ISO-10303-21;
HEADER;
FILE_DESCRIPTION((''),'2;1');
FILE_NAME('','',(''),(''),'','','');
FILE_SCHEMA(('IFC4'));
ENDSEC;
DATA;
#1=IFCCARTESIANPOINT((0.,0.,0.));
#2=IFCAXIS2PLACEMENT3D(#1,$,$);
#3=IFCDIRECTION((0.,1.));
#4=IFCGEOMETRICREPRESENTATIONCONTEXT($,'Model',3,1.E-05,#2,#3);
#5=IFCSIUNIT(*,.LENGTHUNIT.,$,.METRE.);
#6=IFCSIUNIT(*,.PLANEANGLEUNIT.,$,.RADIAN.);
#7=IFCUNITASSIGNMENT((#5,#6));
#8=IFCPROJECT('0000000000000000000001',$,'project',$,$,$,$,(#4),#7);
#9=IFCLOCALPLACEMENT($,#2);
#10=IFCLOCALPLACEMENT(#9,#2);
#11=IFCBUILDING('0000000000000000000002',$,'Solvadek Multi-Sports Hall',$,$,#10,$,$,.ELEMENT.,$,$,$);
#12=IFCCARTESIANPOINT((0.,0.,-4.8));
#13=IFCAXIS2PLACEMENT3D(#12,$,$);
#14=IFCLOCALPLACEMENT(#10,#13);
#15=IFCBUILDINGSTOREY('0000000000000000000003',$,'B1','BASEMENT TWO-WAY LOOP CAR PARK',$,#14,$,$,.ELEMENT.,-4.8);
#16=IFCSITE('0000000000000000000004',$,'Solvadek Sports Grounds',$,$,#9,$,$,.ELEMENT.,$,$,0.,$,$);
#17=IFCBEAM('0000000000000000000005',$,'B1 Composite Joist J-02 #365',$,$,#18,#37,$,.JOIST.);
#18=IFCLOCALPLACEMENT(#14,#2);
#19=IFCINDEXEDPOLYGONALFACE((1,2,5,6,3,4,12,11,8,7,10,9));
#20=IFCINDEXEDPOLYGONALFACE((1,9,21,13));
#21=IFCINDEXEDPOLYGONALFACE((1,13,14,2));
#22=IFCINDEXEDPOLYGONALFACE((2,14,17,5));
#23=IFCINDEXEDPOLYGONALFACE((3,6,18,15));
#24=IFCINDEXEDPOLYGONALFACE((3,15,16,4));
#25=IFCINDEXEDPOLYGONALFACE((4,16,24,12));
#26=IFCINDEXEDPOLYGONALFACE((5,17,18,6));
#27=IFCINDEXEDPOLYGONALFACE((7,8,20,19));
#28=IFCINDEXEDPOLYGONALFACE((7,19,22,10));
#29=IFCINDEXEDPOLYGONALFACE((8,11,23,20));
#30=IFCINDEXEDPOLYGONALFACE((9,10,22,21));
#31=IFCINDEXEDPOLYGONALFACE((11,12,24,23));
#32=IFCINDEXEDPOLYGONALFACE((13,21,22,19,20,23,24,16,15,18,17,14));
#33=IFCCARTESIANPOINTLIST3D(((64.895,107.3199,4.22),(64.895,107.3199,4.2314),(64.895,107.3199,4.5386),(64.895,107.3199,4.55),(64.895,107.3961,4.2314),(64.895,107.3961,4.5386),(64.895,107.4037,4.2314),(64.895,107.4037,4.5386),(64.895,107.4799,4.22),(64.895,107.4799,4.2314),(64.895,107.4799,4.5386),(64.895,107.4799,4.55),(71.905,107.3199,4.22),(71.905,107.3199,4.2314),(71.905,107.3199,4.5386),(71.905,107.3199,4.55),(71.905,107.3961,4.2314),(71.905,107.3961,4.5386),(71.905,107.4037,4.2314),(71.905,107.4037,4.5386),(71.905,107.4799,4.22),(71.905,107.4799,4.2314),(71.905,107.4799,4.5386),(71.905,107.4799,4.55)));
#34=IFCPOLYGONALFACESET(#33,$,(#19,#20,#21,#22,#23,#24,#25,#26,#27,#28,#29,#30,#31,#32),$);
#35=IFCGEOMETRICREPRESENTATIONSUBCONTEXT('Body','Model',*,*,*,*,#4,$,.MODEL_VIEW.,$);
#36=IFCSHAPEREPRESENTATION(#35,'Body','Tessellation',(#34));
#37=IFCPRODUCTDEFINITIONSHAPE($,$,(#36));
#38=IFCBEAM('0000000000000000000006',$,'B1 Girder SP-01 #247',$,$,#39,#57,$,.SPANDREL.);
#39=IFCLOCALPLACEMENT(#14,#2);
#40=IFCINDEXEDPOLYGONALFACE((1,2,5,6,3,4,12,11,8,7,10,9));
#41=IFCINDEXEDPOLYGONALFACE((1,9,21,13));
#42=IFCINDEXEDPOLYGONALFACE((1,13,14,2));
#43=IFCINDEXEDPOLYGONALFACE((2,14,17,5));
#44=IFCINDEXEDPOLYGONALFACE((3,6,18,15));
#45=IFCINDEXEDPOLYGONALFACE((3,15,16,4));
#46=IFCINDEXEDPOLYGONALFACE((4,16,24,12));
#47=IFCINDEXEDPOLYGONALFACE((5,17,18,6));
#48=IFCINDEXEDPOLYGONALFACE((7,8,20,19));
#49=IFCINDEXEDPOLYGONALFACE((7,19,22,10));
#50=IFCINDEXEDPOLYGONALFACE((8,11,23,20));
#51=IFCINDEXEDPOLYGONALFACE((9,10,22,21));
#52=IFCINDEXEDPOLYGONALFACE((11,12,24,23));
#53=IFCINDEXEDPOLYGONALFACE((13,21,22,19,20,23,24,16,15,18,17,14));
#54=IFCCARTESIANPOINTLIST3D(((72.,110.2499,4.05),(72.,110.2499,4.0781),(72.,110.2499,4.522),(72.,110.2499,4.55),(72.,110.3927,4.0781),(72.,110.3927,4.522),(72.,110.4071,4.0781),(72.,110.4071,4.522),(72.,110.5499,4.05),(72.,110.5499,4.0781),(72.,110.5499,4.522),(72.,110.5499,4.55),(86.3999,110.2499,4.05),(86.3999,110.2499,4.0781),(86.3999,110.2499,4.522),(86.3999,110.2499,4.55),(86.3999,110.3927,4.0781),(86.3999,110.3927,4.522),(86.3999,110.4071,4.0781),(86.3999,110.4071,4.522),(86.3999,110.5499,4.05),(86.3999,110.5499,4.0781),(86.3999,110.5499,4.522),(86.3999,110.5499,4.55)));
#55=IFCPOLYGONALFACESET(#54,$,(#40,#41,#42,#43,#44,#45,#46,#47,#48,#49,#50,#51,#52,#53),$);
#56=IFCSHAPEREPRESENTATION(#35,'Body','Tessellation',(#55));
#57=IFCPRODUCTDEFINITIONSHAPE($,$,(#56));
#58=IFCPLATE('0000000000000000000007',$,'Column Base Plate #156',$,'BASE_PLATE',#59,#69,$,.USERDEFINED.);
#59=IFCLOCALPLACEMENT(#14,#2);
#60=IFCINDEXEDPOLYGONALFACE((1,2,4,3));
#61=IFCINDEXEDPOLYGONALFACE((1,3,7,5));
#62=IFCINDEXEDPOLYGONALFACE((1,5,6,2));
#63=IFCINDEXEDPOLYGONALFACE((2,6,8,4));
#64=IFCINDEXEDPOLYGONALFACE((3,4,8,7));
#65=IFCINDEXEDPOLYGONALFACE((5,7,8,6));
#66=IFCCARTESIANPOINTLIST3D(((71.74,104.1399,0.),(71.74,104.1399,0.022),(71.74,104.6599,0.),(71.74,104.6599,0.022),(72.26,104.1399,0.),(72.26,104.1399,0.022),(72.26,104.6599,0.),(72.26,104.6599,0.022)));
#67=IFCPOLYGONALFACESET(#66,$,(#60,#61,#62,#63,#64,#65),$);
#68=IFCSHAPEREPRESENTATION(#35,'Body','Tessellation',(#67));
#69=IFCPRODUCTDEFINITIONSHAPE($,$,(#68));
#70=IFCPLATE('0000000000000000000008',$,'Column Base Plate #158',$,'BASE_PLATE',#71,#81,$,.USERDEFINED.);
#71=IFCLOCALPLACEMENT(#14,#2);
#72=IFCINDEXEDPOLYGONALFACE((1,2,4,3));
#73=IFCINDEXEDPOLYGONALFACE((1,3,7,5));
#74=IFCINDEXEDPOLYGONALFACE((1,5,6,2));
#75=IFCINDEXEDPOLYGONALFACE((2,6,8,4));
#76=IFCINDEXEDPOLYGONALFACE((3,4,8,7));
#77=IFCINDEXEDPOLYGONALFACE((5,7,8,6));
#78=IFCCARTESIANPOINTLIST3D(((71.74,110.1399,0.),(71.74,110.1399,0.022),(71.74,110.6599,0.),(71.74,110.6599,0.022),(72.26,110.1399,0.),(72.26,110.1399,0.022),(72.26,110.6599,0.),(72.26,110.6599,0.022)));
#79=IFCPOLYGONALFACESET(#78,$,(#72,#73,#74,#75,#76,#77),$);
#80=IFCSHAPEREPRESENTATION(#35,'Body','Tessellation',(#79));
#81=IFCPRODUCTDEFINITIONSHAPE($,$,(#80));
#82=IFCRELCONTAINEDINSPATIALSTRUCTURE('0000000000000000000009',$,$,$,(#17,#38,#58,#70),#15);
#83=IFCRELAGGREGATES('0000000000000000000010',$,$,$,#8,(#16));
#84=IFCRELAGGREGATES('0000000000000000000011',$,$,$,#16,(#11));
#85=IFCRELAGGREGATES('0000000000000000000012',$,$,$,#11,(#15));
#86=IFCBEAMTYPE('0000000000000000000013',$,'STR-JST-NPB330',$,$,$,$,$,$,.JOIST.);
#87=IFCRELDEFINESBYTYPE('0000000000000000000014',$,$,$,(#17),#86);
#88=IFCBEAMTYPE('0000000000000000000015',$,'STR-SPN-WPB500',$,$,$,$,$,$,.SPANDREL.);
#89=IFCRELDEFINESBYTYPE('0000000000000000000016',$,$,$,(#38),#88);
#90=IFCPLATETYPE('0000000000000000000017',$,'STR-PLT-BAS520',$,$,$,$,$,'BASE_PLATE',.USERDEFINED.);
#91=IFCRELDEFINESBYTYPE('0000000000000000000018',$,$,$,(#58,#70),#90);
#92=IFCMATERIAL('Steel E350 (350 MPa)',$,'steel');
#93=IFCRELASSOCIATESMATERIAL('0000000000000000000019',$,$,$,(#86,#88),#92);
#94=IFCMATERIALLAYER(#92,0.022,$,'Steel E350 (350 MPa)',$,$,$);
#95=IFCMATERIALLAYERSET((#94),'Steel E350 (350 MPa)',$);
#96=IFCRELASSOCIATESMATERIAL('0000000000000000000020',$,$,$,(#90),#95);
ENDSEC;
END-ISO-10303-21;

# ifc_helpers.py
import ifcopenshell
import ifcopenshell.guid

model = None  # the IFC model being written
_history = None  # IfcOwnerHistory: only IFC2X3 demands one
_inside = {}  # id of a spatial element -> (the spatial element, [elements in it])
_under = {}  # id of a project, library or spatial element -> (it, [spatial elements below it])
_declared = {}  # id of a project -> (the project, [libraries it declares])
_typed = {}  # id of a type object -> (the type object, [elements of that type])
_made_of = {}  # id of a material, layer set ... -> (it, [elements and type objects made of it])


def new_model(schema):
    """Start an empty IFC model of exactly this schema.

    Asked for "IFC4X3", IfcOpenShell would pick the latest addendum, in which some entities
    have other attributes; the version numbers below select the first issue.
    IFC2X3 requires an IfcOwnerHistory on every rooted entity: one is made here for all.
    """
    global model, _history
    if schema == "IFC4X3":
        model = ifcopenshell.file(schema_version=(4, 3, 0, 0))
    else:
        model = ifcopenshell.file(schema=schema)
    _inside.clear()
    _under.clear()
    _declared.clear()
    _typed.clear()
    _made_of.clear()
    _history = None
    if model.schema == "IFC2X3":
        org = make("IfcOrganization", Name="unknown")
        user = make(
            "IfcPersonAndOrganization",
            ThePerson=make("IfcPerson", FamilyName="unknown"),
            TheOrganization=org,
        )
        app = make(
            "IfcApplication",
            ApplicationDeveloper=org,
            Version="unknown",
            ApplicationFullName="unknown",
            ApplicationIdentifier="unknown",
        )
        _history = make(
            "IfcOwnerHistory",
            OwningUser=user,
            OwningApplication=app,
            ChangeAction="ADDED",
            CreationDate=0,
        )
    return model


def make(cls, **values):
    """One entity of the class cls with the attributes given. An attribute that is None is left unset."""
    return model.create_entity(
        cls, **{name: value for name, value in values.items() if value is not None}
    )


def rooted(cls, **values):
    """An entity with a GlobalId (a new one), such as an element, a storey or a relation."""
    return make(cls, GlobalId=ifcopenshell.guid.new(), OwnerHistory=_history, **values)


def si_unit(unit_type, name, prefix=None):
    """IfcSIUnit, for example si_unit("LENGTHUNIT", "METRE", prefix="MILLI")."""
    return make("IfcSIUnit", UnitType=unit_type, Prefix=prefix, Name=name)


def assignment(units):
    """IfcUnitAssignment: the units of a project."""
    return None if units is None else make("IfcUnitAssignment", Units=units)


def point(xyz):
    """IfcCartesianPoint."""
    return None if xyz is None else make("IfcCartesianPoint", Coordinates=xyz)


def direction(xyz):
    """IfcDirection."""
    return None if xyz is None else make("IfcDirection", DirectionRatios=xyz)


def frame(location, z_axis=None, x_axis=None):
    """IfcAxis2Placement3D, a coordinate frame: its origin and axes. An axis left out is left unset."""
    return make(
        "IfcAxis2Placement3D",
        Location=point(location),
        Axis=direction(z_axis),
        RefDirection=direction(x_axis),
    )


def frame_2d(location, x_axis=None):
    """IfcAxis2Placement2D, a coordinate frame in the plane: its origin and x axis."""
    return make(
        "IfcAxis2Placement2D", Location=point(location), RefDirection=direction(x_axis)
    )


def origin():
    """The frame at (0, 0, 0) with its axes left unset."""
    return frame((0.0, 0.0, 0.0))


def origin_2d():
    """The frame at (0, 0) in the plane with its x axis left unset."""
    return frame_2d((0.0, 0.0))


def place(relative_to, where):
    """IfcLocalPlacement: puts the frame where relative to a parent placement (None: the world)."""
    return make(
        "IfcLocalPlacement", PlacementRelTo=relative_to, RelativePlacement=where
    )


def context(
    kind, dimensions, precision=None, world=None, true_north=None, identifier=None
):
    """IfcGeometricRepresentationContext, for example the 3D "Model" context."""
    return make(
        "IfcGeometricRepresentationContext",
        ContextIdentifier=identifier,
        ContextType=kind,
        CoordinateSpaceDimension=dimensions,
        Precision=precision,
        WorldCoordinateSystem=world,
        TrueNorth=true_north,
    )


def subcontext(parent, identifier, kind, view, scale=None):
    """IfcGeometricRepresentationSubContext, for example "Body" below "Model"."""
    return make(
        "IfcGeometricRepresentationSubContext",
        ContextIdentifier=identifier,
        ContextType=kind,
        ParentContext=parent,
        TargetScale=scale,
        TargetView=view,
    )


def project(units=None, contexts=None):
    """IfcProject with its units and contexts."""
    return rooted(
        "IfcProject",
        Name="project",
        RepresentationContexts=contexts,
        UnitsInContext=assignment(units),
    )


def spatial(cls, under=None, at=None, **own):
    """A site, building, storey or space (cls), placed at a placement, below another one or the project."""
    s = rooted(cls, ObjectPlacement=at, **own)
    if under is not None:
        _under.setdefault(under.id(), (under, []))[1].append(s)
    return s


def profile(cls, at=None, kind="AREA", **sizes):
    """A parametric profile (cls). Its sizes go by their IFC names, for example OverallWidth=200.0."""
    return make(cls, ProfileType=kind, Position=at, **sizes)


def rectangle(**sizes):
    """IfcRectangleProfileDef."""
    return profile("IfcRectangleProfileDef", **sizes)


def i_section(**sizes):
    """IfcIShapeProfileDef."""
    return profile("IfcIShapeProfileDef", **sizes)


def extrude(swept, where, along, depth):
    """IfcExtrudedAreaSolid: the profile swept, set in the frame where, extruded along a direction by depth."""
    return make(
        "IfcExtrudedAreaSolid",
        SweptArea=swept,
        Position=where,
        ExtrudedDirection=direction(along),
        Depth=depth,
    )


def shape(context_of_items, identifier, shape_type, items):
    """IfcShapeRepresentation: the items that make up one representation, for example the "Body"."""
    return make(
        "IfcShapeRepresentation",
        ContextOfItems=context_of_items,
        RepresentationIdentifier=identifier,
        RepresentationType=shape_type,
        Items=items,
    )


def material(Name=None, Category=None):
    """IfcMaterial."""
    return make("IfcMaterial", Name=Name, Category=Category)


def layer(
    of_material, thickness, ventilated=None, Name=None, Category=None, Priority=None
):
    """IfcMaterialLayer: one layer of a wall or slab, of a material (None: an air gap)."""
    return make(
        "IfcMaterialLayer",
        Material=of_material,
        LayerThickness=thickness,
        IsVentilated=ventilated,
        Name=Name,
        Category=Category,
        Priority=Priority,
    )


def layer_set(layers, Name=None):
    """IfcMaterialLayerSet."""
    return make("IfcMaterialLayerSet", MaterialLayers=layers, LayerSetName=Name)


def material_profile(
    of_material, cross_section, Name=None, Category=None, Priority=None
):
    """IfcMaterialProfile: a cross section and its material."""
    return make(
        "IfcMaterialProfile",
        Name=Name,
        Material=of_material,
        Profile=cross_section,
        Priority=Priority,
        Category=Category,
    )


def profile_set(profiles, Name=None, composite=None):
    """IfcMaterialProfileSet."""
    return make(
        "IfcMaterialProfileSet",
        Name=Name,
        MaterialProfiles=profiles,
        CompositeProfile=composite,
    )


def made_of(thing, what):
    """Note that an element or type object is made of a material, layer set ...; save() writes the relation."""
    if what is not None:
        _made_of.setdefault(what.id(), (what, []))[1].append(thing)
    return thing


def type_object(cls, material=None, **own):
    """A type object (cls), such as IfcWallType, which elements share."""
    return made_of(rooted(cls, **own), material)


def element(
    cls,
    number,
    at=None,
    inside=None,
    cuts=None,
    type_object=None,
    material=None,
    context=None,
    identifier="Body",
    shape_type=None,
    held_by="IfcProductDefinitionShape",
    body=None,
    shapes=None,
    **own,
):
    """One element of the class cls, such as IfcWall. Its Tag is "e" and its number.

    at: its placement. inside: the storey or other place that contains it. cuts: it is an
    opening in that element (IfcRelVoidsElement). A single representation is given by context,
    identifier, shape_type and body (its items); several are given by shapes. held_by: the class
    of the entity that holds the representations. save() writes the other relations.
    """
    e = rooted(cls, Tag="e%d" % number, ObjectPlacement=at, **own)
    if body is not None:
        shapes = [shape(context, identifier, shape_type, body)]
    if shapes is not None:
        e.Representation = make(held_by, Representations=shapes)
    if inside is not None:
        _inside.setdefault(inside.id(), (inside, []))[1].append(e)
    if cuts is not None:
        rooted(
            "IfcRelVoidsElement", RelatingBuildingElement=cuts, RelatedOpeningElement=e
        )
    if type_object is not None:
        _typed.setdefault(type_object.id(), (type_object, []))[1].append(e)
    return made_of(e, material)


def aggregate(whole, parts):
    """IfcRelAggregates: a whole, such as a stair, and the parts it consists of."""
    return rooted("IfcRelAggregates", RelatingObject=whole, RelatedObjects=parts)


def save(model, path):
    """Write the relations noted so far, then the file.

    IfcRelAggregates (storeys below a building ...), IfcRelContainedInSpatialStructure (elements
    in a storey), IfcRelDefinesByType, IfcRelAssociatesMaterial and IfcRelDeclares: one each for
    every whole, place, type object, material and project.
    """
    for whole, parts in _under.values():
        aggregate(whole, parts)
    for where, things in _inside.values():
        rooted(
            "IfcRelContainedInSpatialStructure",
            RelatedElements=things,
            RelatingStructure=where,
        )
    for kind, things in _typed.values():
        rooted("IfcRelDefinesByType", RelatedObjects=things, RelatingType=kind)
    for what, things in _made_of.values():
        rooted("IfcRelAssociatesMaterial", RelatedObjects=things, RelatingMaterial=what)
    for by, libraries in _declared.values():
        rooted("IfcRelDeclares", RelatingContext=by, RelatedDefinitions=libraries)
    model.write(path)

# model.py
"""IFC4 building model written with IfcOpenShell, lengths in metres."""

from ifc_helpers import new_model, si_unit, direction, frame, origin, origin_2d, place, context, subcontext, project, spatial, rectangle, i_section, extrude, material, layer, layer_set, material_profile, profile_set, type_object, element, save


model = new_model("IFC4")

# Units and contexts
model_context = context("Model", 3, precision=1e-05, world=origin(), true_north=direction((0.0, 1.0)))
body_context = subcontext(model_context, "Body", "Model", "MODEL_VIEW")
ifc_project = project(units=[si_unit("LENGTHUNIT", "METRE"), si_unit("PLANEANGLEUNIT", "RADIAN")], contexts=[model_context])

# Site, building, storey
site_placement = place(None, origin())
site = spatial("IfcSite", under=ifc_project, at=site_placement, Name="Solvadek Sports Grounds", CompositionType="ELEMENT", RefElevation=0.0)
building_placement = place(site_placement, origin())
building = spatial("IfcBuilding", under=site, at=building_placement, Name="Solvadek Multi-Sports Hall", CompositionType="ELEMENT")
storey_placement = place(building_placement, frame((0.0, 0.0, -4.8)))
storey = spatial("IfcBuildingStorey", under=building, at=storey_placement, Name="B1", Description="BASEMENT TWO-WAY LOOP CAR PARK", CompositionType="ELEMENT", Elevation=-4.8)

# Shared definitions
ifc_material_1 = material(Name="Steel E350 (350 MPa)", Category="steel")

# Beams
ifc_material_profile_1 = material_profile(ifc_material_1, i_section(OverallWidth=0.1599, OverallDepth=0.3301, WebThickness=0.0076, FlangeThickness=0.0115, at=origin_2d()), Name="NPB 330")
ifc_profile_set_1 = profile_set([ifc_material_profile_1], Name="Steel E350 (350 MPa)")
beam_type_1 = type_object("IfcBeamType", Name="STR-JST-NPB330", PredefinedType="JOIST", material=ifc_profile_set_1)
beam_1_placement = place(storey_placement, frame((64.895, 107.3999, 4.385), z_axis=(1.0, 0.0, 0.0), x_axis=(0.0, 1.0, 0.0)))
element("IfcBeam", 1, at=beam_1_placement, inside=storey, type_object=beam_type_1, Name="B1 Composite Joist J-02 #365", PredefinedType="JOIST", context=body_context, shape_type="SweptSolid", body=[
    extrude(i_section(OverallWidth=0.1599, OverallDepth=0.3301, WebThickness=0.0076, FlangeThickness=0.0115, at=origin_2d()), origin(), (0.0, 0.0, 1.0), 7.01),
])
ifc_material_profile_2 = material_profile(ifc_material_1, i_section(OverallWidth=0.3, OverallDepth=0.5, WebThickness=0.0144, FlangeThickness=0.0281, at=origin_2d()), Name="WPB 500")
ifc_profile_set_2 = profile_set([ifc_material_profile_2], Name="Steel E350 (350 MPa)")
beam_type_2 = type_object("IfcBeamType", Name="STR-SPN-WPB500", PredefinedType="SPANDREL", material=ifc_profile_set_2)
beam_2_placement = place(storey_placement, frame((72.0, 110.3999, 4.3), z_axis=(1.0, 0.0, 0.0), x_axis=(0.0, 1.0, 0.0)))
element("IfcBeam", 2, at=beam_2_placement, inside=storey, type_object=beam_type_2, Name="B1 Girder SP-01 #247", PredefinedType="SPANDREL", context=body_context, shape_type="SweptSolid", body=[
    extrude(i_section(OverallWidth=0.3, OverallDepth=0.5, WebThickness=0.0144, FlangeThickness=0.0281, at=origin_2d()), origin(), (0.0, 0.0, 1.0), 14.3999),
])

# Plates
ifc_layer = layer(ifc_material_1, 0.022, Name="Steel E350 (350 MPa)")
ifc_layer_set = layer_set([ifc_layer], Name="Steel E350 (350 MPa)")
plate_type = type_object("IfcPlateType", Name="STR-PLT-BAS520", ElementType="BASE_PLATE", PredefinedType="USERDEFINED", material=ifc_layer_set)
for number, where, z_axis, x_axis, name in (
    (3, (72.0, 104.3999, 0.0), (0.0, 0.0, 1.0), (1.0, 0.0, 0.0), "Column Base Plate #156"),
    (4, (72.0, 110.3999, 0.0), (0.0, 0.0, 1.0), (1.0, 0.0, 0.0), "Column Base Plate #158"),
):
    element("IfcPlate", number, at=place(storey_placement, frame(where, z_axis=z_axis, x_axis=x_axis)), inside=storey, type_object=plate_type, Name=name, ObjectType="BASE_PLATE", PredefinedType="USERDEFINED", context=body_context, shape_type="SweptSolid", body=[
        extrude(rectangle(XDim=0.52, YDim=0.52, at=origin_2d()), origin(), (0.0, 0.0, 1.0), 0.022),
    ])

save(model, "model.ifc")
